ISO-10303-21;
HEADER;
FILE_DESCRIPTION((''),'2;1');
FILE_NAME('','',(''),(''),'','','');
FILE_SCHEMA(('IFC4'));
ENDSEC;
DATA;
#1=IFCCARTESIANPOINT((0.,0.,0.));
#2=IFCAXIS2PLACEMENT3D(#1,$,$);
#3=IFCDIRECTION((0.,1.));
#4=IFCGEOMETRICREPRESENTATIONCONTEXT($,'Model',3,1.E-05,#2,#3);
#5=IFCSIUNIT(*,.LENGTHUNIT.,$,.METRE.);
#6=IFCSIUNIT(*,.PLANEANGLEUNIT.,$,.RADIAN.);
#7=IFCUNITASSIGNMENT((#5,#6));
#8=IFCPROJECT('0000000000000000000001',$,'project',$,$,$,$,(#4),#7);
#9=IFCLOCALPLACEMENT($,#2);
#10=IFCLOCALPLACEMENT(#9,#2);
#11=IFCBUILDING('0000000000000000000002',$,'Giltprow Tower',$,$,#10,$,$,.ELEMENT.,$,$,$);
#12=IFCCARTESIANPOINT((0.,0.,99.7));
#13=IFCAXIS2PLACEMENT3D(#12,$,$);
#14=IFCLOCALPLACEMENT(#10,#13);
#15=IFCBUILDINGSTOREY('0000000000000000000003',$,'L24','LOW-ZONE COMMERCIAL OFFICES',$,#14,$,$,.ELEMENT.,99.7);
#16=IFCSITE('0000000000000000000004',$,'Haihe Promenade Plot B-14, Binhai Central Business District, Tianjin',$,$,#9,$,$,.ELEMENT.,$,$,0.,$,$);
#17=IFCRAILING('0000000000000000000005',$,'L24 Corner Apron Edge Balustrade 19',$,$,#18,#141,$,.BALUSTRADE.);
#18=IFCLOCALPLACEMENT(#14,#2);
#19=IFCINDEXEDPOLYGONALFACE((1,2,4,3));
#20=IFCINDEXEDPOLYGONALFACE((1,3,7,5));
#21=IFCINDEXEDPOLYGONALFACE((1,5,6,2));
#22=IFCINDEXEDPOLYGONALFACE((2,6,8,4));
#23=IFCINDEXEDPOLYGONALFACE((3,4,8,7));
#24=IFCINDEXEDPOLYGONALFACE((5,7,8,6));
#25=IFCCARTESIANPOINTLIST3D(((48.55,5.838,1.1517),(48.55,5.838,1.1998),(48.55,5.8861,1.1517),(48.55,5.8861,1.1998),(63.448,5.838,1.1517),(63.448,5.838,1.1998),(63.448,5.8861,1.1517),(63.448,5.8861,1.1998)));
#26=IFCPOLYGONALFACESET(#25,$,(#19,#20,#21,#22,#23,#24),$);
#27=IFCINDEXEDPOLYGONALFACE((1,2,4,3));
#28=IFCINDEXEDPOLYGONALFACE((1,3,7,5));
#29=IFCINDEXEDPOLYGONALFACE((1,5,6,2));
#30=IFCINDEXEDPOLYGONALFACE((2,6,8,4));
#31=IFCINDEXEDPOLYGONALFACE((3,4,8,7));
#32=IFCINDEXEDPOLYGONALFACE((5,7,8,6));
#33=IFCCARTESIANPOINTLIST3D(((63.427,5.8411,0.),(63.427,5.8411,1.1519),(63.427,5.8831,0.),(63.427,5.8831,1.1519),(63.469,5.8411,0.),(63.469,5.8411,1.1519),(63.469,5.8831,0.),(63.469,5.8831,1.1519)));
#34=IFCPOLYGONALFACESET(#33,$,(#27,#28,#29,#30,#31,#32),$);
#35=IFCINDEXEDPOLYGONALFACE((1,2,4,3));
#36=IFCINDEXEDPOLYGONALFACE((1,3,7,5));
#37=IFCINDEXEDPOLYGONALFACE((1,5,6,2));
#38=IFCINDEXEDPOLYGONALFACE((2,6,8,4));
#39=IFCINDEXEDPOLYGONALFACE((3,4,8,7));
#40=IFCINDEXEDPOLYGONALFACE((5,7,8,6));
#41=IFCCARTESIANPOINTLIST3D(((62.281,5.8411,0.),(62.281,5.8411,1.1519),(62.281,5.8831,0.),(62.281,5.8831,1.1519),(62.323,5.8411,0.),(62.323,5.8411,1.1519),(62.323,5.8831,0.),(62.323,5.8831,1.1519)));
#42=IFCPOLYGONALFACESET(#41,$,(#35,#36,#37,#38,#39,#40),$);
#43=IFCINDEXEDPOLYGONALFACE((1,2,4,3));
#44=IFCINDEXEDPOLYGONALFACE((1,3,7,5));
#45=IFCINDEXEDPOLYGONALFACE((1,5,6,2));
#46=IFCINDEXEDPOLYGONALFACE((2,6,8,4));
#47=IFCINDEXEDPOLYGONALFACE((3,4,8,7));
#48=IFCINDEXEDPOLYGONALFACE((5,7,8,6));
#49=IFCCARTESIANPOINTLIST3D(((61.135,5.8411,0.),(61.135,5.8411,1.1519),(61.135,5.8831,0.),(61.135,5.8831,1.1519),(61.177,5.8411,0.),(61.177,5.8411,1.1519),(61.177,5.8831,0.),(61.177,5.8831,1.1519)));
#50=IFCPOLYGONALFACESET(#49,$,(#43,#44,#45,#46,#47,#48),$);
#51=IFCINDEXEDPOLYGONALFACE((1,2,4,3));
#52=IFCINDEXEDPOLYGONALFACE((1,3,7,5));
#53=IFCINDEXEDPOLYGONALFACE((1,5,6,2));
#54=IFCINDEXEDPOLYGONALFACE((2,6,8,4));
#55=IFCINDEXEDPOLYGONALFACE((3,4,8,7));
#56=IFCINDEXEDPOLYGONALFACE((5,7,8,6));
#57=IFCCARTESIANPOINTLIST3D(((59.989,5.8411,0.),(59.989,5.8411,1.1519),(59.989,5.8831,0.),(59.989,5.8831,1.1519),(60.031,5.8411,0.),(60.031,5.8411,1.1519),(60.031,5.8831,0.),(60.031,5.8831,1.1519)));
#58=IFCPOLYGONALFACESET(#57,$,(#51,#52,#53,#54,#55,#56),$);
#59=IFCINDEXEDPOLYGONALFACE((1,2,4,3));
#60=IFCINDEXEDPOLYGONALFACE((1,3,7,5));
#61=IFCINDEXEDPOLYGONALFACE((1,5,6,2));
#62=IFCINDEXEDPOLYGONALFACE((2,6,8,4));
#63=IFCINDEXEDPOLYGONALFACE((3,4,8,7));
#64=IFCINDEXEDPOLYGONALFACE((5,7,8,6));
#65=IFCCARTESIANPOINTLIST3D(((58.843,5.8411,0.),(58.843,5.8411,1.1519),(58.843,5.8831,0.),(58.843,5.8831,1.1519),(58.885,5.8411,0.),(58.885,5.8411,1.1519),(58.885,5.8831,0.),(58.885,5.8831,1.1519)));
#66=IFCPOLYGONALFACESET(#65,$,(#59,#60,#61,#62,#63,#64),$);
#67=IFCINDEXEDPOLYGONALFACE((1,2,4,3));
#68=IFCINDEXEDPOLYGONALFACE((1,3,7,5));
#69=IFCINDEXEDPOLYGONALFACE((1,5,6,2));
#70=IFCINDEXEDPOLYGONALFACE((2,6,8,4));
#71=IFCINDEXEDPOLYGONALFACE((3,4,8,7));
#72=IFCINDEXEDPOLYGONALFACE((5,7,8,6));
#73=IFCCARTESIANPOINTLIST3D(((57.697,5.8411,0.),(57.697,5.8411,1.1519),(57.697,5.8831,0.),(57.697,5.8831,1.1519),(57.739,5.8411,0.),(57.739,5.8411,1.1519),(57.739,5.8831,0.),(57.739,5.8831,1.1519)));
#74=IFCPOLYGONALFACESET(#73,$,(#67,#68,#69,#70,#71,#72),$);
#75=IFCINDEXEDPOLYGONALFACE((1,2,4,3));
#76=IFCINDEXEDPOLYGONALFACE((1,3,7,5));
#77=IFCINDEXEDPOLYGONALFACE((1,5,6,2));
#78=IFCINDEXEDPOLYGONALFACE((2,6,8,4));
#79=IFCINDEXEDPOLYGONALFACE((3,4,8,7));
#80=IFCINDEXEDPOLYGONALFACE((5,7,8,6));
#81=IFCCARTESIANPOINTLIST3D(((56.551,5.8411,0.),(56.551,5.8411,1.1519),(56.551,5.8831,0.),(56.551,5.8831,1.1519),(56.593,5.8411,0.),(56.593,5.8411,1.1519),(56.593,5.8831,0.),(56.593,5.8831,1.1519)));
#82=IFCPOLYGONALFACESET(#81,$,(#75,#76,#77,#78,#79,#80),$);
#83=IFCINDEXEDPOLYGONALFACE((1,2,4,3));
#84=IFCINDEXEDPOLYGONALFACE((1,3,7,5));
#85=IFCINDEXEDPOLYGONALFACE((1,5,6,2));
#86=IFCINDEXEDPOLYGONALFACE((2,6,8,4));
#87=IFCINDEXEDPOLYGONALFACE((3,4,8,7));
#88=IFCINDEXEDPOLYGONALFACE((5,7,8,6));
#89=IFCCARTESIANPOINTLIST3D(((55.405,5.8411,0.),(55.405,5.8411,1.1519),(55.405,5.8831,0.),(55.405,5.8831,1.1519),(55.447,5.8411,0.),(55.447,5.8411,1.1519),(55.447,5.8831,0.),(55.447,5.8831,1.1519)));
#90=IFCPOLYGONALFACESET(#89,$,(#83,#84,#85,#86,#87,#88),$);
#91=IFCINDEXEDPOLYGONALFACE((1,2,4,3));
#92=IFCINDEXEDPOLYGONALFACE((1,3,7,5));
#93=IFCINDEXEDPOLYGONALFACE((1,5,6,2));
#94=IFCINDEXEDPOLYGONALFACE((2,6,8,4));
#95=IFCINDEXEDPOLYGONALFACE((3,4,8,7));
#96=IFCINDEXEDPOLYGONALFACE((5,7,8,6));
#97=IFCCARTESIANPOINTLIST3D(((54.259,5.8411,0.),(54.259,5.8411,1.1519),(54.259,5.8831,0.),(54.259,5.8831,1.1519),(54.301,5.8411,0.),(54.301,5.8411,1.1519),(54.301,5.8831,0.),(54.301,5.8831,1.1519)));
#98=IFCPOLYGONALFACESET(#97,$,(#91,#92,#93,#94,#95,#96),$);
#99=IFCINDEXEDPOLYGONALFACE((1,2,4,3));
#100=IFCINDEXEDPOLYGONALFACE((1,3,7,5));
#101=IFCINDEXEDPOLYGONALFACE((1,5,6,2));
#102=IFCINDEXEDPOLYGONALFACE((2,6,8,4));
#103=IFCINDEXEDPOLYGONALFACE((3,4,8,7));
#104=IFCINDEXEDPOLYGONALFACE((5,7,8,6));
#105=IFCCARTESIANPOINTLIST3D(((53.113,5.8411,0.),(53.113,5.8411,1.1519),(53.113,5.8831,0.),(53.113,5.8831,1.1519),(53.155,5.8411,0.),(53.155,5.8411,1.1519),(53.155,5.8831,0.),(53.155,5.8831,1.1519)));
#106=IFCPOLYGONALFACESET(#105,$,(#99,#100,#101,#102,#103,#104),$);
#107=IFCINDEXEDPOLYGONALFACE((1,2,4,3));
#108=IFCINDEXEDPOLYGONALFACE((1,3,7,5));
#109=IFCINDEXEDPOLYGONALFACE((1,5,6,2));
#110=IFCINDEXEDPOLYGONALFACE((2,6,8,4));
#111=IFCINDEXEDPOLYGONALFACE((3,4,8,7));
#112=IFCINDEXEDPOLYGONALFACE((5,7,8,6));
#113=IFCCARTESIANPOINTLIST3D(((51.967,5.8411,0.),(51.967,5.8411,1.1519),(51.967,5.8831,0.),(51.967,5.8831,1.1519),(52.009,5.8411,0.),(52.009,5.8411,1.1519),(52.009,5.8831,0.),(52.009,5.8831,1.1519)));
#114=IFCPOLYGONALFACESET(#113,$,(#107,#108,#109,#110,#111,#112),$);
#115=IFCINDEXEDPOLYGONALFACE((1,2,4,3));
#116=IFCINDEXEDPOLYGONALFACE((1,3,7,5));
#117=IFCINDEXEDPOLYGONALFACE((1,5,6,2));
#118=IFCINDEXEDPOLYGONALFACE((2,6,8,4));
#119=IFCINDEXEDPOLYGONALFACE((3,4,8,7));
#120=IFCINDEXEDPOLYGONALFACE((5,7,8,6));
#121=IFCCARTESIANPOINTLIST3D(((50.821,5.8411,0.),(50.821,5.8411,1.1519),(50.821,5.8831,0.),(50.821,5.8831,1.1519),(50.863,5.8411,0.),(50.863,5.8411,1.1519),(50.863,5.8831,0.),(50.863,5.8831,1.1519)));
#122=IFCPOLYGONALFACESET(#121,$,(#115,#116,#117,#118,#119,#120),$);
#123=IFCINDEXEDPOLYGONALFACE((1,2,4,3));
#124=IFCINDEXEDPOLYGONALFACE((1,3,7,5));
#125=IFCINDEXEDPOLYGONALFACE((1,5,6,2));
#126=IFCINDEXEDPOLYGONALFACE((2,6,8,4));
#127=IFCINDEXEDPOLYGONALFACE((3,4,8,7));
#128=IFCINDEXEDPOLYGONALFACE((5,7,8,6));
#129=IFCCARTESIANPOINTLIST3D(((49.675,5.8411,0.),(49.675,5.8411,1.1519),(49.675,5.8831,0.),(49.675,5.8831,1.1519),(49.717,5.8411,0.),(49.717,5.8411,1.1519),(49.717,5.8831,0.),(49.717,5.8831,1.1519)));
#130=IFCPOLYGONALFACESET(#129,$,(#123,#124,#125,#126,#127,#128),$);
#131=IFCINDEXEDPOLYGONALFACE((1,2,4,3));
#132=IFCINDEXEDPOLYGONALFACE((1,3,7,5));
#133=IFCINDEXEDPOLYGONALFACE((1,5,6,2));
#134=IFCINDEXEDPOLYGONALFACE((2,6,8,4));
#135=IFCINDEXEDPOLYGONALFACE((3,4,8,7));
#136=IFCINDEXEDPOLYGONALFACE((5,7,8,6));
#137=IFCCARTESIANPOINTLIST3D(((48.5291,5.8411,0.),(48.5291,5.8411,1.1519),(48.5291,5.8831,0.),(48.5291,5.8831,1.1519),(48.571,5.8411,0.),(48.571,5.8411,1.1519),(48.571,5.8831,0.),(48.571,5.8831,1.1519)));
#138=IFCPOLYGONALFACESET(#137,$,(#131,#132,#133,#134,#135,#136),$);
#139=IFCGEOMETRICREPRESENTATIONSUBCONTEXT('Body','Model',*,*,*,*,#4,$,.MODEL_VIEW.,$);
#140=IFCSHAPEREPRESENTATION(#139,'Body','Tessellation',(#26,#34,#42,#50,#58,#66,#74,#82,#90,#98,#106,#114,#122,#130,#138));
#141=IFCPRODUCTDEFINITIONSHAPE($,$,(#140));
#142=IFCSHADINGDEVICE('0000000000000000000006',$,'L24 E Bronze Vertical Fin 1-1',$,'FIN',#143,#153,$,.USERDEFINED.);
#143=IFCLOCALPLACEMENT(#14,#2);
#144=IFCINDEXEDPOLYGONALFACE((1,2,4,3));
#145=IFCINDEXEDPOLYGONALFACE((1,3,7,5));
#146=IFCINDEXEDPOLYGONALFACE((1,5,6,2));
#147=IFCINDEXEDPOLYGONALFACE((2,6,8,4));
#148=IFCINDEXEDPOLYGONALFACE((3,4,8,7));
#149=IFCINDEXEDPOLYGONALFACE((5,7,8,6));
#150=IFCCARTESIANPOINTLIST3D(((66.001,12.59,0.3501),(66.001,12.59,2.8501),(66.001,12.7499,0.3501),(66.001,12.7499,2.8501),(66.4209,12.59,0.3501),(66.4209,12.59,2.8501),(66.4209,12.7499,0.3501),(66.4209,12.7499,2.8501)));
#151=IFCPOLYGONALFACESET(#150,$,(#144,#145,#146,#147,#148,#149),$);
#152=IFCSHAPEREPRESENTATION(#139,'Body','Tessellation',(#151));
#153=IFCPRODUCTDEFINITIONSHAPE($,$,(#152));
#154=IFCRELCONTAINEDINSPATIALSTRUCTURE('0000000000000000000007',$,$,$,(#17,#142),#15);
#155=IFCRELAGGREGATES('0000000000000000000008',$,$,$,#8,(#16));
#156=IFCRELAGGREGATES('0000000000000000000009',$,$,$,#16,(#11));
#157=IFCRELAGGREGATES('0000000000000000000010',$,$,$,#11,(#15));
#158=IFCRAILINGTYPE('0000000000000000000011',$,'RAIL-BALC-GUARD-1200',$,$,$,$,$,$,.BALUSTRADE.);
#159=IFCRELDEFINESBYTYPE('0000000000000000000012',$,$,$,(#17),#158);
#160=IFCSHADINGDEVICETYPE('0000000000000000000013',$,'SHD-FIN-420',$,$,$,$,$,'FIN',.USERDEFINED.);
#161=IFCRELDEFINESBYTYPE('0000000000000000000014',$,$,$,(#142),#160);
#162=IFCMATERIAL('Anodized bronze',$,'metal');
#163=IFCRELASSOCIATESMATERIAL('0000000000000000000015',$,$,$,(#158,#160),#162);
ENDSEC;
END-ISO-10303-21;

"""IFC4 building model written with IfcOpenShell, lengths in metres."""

from ifc_helpers import new_model, si_unit, direction, frame, origin, origin_2d, place, context, subcontext, project, spatial, rectangle, extrude, source, transform, mapped, material, type_object, element, save


model = new_model("IFC4")

# Units and contexts
model_context = context("Model", 3, precision=1e-05, world=origin(), true_north=direction((0.0, 1.0)))
body_context = subcontext(model_context, "Body", "Model", "MODEL_VIEW")
ifc_project = project(units=[si_unit("LENGTHUNIT", "METRE"), si_unit("PLANEANGLEUNIT", "RADIAN")], contexts=[model_context])

# Site, building, storey
site_placement = place(None, origin())
site = spatial("IfcSite", under=ifc_project, at=site_placement, Name="Haihe Promenade Plot B-14, Binhai Central Business District, Tianjin", CompositionType="ELEMENT", RefElevation=0.0)
building_placement = place(site_placement, origin())
building = spatial("IfcBuilding", under=site, at=building_placement, Name="Giltprow Tower", CompositionType="ELEMENT")
storey_placement = place(building_placement, frame((0.0, 0.0, 99.7)))
storey = spatial("IfcBuildingStorey", under=building, at=storey_placement, Name="L24", Description="LOW-ZONE COMMERCIAL OFFICES", CompositionType="ELEMENT", Elevation=99.7)

# Shared definitions
ifc_material_1 = material(Name="Anodized bronze", Category="metal")

# Railing
railing_type = type_object("IfcRailingType", Name="RAIL-BALC-GUARD-1200", PredefinedType="BALUSTRADE", material=ifc_material_1)
railing_1_placement = place(storey_placement, frame((63.448, 5.8621, 0.0)))
element("IfcRailing", 1, at=railing_1_placement, inside=storey, type_object=railing_type, Name="L24 Corner Apron Edge Balustrade 19", PredefinedType="BALUSTRADE", context=body_context, shape_type="SweptSolid", body=[
    extrude(rectangle(XDim=0.0481, YDim=0.0481, at=origin_2d()), frame((0.0, 0.0, 1.1758), z_axis=(-1.0, 0.0, 0.0), x_axis=(0.0, -1.0, 0.0)), (0.0, 0.0, 1.0), 14.8979),
    extrude(rectangle(XDim=0.042, YDim=0.042, at=origin_2d()), origin(), (0.0, 0.0, 1.0), 1.1519),
    extrude(rectangle(XDim=0.042, YDim=0.042, at=origin_2d()), frame((-1.146, 0.0, 0.0)), (0.0, 0.0, 1.0), 1.1519),
    extrude(rectangle(XDim=0.042, YDim=0.042, at=origin_2d()), frame((-2.292, 0.0, 0.0)), (0.0, 0.0, 1.0), 1.1519),
    extrude(rectangle(XDim=0.042, YDim=0.042, at=origin_2d()), frame((-3.438, 0.0, 0.0)), (0.0, 0.0, 1.0), 1.1519),
    extrude(rectangle(XDim=0.042, YDim=0.042, at=origin_2d()), frame((-4.584, 0.0, 0.0)), (0.0, 0.0, 1.0), 1.1519),
    extrude(rectangle(XDim=0.042, YDim=0.042, at=origin_2d()), frame((-5.73, 0.0, 0.0)), (0.0, 0.0, 1.0), 1.1519),
    extrude(rectangle(XDim=0.042, YDim=0.042, at=origin_2d()), frame((-6.876, 0.0, 0.0)), (0.0, 0.0, 1.0), 1.1519),
    extrude(rectangle(XDim=0.042, YDim=0.042, at=origin_2d()), frame((-8.022, 0.0, 0.0)), (0.0, 0.0, 1.0), 1.1519),
    extrude(rectangle(XDim=0.042, YDim=0.042, at=origin_2d()), frame((-9.168, 0.0, 0.0)), (0.0, 0.0, 1.0), 1.1519),
    extrude(rectangle(XDim=0.042, YDim=0.042, at=origin_2d()), frame((-10.314, 0.0, 0.0)), (0.0, 0.0, 1.0), 1.1519),
    extrude(rectangle(XDim=0.042, YDim=0.042, at=origin_2d()), frame((-11.46, 0.0, 0.0)), (0.0, 0.0, 1.0), 1.1519),
    extrude(rectangle(XDim=0.042, YDim=0.042, at=origin_2d()), frame((-12.606, 0.0, 0.0)), (0.0, 0.0, 1.0), 1.1519),
    extrude(rectangle(XDim=0.042, YDim=0.042, at=origin_2d()), frame((-13.752, 0.0, 0.0)), (0.0, 0.0, 1.0), 1.1519),
    extrude(rectangle(XDim=0.042, YDim=0.042, at=origin_2d()), frame((-14.8979, 0.0, 0.0)), (0.0, 0.0, 1.0), 1.1519),
])

# Shading device
shading_device_type = type_object("IfcShadingDeviceType", Name="SHD-FIN-420", ElementType="FIN", PredefinedType="USERDEFINED", material=ifc_material_1)
shared_shape_1 = source(origin(), body_context, "Body", "SweptSolid", [
    extrude(rectangle(XDim=0.4199, YDim=0.1599, at=origin_2d()), origin(), (0.0, 0.0, 1.0), 2.5),
])
shading_device_placement = place(storey_placement, frame((66.2109, 12.6699, 0.3501), z_axis=(0.0, 0.0, 1.0), x_axis=(1.0, 0.0, 0.0)))
element("IfcShadingDevice", 2, at=shading_device_placement, inside=storey, type_object=shading_device_type, Name="L24 E Bronze Vertical Fin 1-1", ObjectType="FIN", PredefinedType="USERDEFINED", context=body_context, shape_type="MappedRepresentation", body=[
    mapped(shared_shape_1, transform((0.0, 0.0, 0.0), x_axis=(1.0, 0.0, 0.0), y_axis=(0.0, 1.0, 0.0), z_axis=(0.0, 0.0, 1.0), scale=1.0)),
])

save(model, "model.ifc")
